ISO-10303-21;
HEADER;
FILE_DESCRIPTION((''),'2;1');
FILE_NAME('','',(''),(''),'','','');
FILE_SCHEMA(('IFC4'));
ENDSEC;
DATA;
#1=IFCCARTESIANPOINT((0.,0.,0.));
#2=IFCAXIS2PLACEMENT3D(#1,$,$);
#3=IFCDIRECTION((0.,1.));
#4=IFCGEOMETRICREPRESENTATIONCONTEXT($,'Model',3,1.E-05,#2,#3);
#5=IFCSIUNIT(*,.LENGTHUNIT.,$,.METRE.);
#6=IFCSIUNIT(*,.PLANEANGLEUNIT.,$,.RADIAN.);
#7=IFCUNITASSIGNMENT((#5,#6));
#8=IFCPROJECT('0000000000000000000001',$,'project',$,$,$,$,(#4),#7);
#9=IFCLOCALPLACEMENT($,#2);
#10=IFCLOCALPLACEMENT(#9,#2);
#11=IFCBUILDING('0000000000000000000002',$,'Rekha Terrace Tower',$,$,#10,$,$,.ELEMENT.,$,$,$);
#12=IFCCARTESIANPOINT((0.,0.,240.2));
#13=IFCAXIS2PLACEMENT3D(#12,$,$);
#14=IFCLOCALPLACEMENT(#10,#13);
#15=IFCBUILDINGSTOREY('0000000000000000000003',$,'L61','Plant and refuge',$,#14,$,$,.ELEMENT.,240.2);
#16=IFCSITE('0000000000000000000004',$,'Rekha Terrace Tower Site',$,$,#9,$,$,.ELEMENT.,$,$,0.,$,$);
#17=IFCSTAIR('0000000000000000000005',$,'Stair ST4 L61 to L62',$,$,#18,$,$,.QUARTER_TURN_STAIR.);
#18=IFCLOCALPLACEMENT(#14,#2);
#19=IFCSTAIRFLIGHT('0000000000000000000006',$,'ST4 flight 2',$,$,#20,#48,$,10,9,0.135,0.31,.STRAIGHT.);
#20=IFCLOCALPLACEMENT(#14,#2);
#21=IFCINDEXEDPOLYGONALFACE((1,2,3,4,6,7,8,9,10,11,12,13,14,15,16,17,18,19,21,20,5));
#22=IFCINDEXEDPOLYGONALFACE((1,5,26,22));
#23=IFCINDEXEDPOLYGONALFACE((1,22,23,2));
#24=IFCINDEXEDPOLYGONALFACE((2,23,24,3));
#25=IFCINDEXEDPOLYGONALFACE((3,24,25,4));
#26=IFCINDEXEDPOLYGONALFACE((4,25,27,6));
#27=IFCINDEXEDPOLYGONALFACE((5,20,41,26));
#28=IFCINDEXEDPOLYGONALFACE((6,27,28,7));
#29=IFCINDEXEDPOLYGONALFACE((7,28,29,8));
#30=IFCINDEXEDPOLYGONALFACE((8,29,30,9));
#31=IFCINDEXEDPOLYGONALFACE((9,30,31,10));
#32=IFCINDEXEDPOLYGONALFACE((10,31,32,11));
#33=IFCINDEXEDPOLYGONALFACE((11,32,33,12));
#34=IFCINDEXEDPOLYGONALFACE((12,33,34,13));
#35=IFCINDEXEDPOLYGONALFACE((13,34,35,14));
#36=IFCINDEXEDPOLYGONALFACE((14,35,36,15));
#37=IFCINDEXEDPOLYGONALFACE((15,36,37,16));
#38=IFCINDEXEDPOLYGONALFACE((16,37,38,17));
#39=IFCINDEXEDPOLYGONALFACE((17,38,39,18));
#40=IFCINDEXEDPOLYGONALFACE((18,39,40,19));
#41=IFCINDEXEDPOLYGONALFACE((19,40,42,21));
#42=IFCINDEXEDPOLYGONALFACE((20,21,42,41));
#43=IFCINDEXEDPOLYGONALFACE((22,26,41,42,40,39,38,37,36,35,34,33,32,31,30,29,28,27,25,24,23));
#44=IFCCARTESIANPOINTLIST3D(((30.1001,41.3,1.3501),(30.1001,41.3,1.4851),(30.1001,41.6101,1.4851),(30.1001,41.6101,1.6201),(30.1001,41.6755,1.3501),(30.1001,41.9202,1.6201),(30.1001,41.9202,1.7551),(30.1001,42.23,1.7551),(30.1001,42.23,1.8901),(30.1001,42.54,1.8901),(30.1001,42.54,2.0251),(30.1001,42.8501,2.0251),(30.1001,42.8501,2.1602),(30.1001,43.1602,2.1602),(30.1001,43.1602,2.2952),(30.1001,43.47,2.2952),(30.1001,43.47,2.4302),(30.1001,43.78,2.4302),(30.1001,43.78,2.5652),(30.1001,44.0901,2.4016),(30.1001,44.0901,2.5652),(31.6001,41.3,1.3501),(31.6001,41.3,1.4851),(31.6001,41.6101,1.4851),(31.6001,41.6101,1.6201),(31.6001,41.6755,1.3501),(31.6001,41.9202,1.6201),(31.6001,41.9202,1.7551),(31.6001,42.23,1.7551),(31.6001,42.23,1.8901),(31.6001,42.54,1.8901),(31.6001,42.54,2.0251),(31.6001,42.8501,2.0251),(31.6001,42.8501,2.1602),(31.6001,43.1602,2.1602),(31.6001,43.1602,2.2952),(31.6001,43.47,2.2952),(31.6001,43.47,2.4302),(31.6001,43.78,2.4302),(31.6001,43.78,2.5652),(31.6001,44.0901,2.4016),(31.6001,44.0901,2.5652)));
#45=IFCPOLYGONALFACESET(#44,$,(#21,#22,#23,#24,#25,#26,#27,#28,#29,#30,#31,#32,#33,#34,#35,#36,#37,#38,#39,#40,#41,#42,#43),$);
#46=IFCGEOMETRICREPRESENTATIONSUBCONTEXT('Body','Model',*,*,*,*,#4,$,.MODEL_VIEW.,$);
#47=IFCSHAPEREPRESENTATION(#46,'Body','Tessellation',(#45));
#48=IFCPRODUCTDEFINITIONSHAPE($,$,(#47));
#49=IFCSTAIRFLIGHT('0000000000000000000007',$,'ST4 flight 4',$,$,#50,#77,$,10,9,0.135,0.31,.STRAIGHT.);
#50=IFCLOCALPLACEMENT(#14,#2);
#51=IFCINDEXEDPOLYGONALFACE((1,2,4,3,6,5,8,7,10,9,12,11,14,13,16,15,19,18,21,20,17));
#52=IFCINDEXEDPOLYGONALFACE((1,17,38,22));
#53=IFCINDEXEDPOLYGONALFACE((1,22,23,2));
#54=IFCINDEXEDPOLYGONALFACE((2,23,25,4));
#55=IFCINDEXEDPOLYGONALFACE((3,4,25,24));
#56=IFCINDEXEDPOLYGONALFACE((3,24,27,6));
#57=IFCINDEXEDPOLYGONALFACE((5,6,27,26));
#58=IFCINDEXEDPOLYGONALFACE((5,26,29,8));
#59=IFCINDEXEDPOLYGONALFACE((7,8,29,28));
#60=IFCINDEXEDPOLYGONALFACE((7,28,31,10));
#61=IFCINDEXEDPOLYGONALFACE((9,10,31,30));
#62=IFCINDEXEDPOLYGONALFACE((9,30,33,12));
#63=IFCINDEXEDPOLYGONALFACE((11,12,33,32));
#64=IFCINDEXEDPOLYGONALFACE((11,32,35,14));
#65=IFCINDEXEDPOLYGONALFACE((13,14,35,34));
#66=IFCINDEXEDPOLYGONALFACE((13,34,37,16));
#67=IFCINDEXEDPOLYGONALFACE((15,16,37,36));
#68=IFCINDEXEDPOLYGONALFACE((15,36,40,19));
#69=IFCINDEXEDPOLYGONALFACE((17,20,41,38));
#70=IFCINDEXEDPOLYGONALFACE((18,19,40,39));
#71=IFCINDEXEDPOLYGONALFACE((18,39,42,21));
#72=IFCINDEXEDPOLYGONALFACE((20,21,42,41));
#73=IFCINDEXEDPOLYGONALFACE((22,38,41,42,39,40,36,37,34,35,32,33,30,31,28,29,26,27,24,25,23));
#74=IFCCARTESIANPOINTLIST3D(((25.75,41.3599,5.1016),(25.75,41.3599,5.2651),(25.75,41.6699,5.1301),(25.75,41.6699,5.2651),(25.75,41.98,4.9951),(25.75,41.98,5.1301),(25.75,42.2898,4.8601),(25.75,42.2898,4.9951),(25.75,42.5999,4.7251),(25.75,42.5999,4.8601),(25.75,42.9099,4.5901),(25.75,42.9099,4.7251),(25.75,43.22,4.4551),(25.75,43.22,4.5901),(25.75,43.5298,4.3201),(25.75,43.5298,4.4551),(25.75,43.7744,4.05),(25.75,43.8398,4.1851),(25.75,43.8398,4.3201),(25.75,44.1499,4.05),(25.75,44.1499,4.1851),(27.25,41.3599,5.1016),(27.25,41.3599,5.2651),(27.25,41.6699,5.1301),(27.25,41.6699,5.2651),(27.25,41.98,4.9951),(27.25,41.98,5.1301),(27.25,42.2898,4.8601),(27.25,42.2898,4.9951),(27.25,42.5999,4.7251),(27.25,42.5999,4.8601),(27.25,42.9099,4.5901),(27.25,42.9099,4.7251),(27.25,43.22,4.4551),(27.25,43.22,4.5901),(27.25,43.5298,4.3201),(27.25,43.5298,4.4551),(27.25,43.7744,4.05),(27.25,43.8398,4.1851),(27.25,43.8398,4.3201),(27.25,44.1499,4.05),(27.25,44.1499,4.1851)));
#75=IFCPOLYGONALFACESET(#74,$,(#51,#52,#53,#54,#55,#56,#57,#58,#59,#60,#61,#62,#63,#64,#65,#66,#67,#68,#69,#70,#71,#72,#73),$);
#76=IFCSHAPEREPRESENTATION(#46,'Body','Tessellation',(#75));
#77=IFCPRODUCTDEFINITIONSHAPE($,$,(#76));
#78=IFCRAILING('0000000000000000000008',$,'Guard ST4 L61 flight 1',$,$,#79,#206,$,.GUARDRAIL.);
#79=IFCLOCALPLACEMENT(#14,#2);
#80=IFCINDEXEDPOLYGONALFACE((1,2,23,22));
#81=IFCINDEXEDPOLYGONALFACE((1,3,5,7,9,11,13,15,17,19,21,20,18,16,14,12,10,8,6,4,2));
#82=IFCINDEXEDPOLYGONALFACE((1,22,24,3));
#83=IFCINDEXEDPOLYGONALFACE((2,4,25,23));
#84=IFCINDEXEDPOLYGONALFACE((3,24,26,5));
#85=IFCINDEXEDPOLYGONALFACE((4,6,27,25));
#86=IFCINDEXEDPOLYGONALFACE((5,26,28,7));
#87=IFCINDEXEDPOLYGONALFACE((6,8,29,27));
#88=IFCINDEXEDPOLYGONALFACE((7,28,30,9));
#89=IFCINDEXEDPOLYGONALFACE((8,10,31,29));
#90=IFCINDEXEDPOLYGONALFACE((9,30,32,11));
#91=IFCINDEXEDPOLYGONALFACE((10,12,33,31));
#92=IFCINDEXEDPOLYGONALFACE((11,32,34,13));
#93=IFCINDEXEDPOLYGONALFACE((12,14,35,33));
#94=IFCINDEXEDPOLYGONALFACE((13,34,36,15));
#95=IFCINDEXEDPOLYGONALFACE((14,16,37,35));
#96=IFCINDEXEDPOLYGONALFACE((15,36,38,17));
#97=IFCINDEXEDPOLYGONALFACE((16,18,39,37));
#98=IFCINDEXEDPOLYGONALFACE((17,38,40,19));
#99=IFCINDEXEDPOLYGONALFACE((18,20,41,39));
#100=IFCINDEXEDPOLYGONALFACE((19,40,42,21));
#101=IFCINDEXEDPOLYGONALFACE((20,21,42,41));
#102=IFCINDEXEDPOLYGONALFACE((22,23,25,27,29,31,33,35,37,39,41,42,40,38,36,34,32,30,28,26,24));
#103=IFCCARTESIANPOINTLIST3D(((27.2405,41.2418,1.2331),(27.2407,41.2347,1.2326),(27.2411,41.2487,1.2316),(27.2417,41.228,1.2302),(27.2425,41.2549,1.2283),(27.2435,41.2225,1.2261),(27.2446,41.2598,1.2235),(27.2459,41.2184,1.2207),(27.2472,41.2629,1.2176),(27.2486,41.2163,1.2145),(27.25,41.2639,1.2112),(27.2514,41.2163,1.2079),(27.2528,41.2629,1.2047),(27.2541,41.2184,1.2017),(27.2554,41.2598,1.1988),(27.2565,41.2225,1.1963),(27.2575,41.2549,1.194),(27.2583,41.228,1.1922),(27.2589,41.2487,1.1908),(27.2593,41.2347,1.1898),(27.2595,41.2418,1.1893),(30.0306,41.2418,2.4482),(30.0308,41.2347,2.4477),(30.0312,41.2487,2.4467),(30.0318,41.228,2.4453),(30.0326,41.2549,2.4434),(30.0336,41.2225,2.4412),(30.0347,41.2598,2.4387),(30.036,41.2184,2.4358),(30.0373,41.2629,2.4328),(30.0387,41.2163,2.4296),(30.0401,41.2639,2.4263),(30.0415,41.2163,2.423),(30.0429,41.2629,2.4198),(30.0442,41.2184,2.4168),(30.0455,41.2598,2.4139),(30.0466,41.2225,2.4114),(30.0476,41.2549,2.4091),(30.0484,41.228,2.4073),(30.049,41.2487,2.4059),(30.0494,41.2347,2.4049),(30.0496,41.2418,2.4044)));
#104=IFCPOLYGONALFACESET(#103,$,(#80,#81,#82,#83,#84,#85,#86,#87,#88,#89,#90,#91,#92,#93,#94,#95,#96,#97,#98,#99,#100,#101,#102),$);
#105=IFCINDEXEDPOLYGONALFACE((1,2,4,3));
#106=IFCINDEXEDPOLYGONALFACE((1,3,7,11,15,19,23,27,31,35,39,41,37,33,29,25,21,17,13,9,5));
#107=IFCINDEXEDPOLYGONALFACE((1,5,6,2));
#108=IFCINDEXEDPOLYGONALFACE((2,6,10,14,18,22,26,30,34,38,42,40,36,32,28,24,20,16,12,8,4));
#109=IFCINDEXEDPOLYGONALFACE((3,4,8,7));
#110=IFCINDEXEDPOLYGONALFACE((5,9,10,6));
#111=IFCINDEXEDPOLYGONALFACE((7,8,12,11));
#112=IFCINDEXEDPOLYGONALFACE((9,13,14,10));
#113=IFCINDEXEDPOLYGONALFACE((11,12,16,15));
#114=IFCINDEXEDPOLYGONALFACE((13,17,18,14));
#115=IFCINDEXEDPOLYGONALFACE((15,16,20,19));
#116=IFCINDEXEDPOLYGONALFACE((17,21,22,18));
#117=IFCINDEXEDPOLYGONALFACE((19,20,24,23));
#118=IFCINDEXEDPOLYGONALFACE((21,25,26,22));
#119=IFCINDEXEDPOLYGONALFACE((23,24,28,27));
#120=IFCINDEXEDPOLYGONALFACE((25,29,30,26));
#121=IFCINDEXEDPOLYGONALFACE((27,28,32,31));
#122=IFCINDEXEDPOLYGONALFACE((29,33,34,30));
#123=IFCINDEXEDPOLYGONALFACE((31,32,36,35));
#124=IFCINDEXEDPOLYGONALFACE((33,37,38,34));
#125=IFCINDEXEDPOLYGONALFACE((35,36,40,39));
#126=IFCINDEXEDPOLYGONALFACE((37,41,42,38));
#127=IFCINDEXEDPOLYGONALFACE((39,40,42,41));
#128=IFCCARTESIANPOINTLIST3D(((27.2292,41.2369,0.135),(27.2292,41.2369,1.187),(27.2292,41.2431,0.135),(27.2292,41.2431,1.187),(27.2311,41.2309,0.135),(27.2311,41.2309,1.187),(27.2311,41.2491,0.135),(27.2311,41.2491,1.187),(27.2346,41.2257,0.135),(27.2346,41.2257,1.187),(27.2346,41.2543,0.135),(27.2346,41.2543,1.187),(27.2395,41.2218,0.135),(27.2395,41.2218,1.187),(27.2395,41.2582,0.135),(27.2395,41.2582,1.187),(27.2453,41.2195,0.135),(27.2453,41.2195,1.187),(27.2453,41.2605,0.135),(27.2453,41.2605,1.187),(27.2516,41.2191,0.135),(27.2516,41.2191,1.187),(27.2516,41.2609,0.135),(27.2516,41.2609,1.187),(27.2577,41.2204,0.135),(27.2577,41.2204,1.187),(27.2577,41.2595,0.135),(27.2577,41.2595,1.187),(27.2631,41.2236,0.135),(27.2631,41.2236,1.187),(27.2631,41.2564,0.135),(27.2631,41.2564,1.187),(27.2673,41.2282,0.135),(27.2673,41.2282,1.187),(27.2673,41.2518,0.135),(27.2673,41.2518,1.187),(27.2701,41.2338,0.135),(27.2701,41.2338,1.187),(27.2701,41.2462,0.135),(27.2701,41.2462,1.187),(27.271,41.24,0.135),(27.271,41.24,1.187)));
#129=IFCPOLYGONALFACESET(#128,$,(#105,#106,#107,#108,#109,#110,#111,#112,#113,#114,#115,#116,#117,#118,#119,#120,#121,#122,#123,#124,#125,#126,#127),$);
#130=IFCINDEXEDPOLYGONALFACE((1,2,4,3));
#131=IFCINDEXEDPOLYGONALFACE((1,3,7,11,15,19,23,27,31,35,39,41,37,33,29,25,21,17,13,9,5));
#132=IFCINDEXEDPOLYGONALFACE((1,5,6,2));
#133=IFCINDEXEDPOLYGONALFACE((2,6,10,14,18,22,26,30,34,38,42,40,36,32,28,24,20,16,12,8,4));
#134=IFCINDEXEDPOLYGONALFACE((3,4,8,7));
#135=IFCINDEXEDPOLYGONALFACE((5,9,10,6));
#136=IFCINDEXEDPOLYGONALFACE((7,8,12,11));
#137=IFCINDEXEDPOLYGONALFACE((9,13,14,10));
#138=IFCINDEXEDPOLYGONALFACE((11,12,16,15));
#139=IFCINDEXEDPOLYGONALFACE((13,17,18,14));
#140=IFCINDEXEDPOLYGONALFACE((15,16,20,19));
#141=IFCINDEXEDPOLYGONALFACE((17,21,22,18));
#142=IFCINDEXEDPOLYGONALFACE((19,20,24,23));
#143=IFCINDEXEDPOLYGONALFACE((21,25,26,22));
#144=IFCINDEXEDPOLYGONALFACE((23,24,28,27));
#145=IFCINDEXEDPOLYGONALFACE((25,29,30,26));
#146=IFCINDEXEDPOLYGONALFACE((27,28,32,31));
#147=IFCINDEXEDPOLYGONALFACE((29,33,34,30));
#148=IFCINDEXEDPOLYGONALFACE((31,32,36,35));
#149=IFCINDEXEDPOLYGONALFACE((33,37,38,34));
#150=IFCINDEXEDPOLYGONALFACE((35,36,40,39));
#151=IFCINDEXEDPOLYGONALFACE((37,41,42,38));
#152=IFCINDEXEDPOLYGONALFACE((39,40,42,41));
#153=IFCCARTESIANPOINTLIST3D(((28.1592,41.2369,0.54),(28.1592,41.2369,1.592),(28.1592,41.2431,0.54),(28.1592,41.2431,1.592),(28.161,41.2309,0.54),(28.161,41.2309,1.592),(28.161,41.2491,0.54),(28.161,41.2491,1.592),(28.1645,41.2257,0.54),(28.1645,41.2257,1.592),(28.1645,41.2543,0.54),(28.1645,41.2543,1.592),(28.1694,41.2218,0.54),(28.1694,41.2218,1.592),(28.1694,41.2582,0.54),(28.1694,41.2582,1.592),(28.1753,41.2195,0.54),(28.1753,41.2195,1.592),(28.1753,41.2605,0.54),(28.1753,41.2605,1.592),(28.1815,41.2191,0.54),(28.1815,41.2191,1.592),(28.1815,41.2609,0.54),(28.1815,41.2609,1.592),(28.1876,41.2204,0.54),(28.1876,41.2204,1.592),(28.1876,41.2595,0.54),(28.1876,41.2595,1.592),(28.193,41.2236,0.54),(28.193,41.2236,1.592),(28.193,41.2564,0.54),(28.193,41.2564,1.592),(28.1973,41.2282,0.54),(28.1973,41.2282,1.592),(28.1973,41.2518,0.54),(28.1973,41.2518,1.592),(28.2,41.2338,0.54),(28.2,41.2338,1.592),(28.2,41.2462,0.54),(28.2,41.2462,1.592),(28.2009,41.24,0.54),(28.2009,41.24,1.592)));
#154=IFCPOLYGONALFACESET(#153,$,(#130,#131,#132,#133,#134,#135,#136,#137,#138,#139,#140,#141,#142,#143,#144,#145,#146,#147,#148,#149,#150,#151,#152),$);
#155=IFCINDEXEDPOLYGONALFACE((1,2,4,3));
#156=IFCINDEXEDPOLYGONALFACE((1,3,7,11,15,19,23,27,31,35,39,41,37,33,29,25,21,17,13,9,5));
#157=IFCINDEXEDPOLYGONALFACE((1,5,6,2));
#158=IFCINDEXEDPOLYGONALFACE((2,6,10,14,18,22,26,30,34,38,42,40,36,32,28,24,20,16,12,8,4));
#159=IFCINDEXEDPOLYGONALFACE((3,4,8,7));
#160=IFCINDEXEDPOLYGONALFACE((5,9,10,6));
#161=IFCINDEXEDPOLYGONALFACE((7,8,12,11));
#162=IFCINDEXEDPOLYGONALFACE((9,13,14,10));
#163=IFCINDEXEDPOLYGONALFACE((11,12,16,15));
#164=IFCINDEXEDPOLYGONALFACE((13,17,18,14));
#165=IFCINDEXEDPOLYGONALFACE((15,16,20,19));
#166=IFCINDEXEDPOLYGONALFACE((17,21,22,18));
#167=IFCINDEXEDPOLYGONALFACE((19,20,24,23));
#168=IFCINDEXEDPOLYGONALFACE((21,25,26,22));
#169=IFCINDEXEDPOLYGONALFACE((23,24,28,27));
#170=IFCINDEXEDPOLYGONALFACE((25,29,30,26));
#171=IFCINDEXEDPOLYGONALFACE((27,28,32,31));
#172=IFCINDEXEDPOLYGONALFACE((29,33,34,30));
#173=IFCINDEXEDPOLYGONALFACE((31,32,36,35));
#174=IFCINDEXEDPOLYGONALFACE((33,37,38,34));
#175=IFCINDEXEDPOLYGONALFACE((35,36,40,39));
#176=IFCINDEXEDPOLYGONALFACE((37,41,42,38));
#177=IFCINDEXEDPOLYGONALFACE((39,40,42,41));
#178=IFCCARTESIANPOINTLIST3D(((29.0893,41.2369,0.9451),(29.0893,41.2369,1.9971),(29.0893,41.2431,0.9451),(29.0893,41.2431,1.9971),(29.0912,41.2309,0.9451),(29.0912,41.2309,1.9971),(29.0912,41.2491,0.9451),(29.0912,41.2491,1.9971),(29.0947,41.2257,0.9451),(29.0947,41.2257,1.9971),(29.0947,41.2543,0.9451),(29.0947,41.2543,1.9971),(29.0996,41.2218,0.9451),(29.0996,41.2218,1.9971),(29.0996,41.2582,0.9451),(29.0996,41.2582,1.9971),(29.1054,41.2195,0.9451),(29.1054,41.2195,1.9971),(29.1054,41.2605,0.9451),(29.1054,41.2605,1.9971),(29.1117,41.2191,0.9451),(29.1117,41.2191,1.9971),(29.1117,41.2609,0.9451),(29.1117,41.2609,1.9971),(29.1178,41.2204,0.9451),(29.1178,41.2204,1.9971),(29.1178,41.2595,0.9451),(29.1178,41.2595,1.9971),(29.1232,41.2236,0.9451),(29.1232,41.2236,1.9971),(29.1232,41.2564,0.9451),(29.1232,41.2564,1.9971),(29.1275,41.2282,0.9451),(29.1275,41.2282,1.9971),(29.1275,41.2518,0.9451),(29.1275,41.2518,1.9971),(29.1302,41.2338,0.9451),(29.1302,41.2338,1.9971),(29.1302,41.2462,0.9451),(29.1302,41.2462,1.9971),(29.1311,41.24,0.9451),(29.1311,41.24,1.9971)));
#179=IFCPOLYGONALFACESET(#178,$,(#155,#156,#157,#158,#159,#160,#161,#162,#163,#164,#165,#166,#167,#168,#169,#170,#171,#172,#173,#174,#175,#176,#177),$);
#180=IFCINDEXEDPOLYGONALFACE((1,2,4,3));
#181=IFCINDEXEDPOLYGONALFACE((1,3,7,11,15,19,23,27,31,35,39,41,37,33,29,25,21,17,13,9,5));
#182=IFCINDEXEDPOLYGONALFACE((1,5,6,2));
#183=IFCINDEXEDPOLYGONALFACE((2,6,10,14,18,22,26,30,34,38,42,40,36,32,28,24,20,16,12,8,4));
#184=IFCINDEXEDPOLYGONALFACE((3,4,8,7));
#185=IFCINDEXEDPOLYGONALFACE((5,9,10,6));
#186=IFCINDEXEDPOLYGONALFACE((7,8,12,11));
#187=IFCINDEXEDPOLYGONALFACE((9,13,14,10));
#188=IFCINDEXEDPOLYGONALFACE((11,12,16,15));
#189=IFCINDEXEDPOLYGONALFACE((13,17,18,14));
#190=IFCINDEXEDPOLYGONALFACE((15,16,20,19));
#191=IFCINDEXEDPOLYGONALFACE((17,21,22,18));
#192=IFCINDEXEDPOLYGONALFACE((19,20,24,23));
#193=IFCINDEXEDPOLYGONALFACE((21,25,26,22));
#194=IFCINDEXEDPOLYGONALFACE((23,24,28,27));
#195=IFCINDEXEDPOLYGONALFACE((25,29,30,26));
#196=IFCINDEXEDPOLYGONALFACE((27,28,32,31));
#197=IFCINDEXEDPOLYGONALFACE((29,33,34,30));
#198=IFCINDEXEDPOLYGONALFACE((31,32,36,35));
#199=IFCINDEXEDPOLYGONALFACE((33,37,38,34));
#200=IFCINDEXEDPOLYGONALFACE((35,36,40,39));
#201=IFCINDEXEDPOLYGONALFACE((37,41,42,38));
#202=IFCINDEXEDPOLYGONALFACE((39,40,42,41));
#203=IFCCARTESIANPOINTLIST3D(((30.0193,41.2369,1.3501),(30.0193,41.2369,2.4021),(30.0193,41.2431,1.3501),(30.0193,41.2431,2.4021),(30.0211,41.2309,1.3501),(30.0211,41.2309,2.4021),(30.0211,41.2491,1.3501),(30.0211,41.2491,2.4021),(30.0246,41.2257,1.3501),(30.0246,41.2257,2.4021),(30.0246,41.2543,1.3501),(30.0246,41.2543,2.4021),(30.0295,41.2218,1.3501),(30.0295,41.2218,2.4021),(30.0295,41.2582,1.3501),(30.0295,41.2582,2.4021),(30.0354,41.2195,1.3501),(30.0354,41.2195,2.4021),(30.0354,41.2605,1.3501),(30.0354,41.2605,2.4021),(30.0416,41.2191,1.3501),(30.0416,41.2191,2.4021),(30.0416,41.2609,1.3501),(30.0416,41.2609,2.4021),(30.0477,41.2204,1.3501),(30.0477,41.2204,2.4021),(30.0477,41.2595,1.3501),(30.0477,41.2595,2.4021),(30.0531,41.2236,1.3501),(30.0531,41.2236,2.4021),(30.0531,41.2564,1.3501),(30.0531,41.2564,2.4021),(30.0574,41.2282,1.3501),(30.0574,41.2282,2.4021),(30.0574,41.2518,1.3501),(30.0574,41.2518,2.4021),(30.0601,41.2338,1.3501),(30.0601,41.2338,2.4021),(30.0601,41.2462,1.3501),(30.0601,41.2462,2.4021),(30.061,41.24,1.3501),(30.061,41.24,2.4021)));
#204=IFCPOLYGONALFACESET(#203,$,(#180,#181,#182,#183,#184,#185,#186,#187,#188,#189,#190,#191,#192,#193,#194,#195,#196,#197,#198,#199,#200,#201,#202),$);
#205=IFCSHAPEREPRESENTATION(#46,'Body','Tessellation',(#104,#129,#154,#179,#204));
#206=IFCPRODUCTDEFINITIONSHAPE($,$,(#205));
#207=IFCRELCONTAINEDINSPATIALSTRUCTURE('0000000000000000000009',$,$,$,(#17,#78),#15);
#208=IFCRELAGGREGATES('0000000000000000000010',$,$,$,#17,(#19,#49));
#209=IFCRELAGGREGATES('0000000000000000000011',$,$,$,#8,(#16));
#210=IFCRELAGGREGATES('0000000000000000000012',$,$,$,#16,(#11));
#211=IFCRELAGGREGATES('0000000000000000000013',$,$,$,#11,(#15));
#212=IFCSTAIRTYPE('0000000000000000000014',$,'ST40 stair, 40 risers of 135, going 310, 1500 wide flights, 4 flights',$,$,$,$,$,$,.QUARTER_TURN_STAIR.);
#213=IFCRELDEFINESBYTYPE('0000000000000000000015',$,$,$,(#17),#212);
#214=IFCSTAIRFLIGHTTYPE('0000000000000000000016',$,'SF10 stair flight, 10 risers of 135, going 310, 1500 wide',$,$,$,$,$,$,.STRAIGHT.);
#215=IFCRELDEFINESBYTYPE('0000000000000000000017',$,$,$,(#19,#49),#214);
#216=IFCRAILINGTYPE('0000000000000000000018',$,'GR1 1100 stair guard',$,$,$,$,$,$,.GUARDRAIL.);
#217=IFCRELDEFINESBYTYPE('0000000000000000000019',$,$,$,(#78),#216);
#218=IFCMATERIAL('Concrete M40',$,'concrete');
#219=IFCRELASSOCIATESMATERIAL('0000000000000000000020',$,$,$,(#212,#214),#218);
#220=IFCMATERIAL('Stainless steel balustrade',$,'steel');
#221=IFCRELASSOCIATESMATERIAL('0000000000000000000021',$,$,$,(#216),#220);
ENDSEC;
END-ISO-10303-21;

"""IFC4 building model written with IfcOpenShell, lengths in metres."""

from ifc_helpers import new_model, si_unit, direction, frame, origin, origin_2d, place, context, subcontext, project, spatial, polyline, circle, outline, extrude, material, type_object, element, aggregate, save


model = new_model("IFC4")

# Units and contexts
model_context = context("Model", 3, precision=1e-05, world=origin(), true_north=direction((0.0, 1.0)))
body_context = subcontext(model_context, "Body", "Model", "MODEL_VIEW")
ifc_project = project(units=[si_unit("LENGTHUNIT", "METRE"), si_unit("PLANEANGLEUNIT", "RADIAN")], contexts=[model_context])

# Site, building, storey
site_placement = place(None, origin())
site = spatial("IfcSite", under=ifc_project, at=site_placement, Name="Rekha Terrace Tower Site", CompositionType="ELEMENT", RefElevation=0.0)
building_placement = place(site_placement, origin())
building = spatial("IfcBuilding", under=site, at=building_placement, Name="Rekha Terrace Tower", CompositionType="ELEMENT")
storey_placement = place(building_placement, frame((0.0, 0.0, 240.2)))
storey = spatial("IfcBuildingStorey", under=building, at=storey_placement, Name="L61", Description="Plant and refuge", CompositionType="ELEMENT", Elevation=240.2)

# Stair, stair flights
ifc_material_1 = material(Name="Concrete M40", Category="concrete")
stair_type = type_object("IfcStairType", Name="ST40 stair, 40 risers of 135, going 310, 1500 wide flights, 4 flights", PredefinedType="QUARTER_TURN_STAIR", material=ifc_material_1)
stair_placement = place(storey_placement, origin())
stair = element("IfcStair", 1, at=stair_placement, inside=storey, type_object=stair_type, Name="Stair ST4 L61 to L62", PredefinedType="QUARTER_TURN_STAIR")
stair_flight_type = type_object("IfcStairFlightType", Name="SF10 stair flight, 10 risers of 135, going 310, 1500 wide", PredefinedType="STRAIGHT", material=ifc_material_1)
stair_flight_1_placement = place(storey_placement, frame((30.8501, 41.3, 1.3501), z_axis=(0.0, 0.0, 1.0), x_axis=(0.0, 1.0, 0.0)))
stair_flight_1 = element("IfcStairFlight", 2, at=stair_flight_1_placement, type_object=stair_flight_type, Name="ST4 flight 2", NumberOfRisers=10, NumberOfTreads=9, PredefinedType="STRAIGHT", RiserHeight=0.135, TreadLength=0.31, context=body_context, shape_type="SweptSolid", body=[
    extrude(outline(polyline([(0.0, 0.0), (0.0, 0.135), (0.3101, 0.135), (0.3101, 0.27), (0.6201, 0.27), (0.6201, 0.405), (0.9299, 0.405), (0.9299, 0.54), (1.24, 0.54), (1.24, 0.675), (1.55, 0.675), (1.55, 0.8101), (1.8601, 0.8101), (1.8601, 0.9451), (2.1699, 0.9451), (2.1699, 1.0801), (2.48, 1.0801), (2.48, 1.2151), (2.79, 1.2151), (2.79, 1.3501), (2.79, 1.0515), (0.3755, 0.0), (0.0, 0.0)])), frame((0.0, 0.75, 0.0), z_axis=(0.0, -1.0, 0.0), x_axis=(1.0, 0.0, 0.0)), (0.0, 0.0, 1.0), 1.5),
])
stair_flight_2_placement = place(storey_placement, frame((26.5, 44.1499, 4.05), z_axis=(0.0, 0.0, 1.0), x_axis=(0.0, -1.0, 0.0)))
stair_flight_2 = element("IfcStairFlight", 3, at=stair_flight_2_placement, type_object=stair_flight_type, Name="ST4 flight 4", NumberOfRisers=10, NumberOfTreads=9, PredefinedType="STRAIGHT", RiserHeight=0.135, TreadLength=0.31, context=body_context, shape_type="SweptSolid", body=[
    extrude(outline(polyline([(0.0, 0.0), (0.0, 0.135), (0.3101, 0.135), (0.3101, 0.27), (0.6201, 0.27), (0.6201, 0.405), (0.9299, 0.405), (0.9299, 0.54), (1.24, 0.54), (1.24, 0.675), (1.55, 0.675), (1.55, 0.8101), (1.8601, 0.8101), (1.8601, 0.9451), (2.1699, 0.9451), (2.1699, 1.0801), (2.48, 1.0801), (2.48, 1.2151), (2.79, 1.2151), (2.79, 1.3501), (2.79, 1.0515), (0.3755, 0.0), (0.0, 0.0)])), frame((0.0, 0.75, 0.0), z_axis=(0.0, -1.0, 0.0), x_axis=(1.0, 0.0, 0.0)), (0.0, 0.0, 1.0), 1.5),
])
aggregate(stair, [stair_flight_1, stair_flight_2])

# Railing
ifc_material_2 = material(Name="Stainless steel balustrade", Category="steel")
railing_type_1 = type_object("IfcRailingType", Name="GR1 1100 stair guard", PredefinedType="GUARDRAIL", material=ifc_material_2)
railing_1_placement = place(storey_placement, frame((27.25, 41.24, 0.135)))
element("IfcRailing", 4, at=railing_1_placement, inside=storey, type_object=railing_type_1, Name="Guard ST4 L61 flight 1", PredefinedType="GUARDRAIL", context=body_context, shape_type="SweptSolid", body=[
    extrude(circle(Radius=0.0239, at=origin_2d()), frame((0.0, 0.0, 1.0762), z_axis=(0.916826, 0.0, 0.399286), x_axis=(0.0, 1.0, 0.0)), (0.0, 0.0, 1.0), 3.0432),
    extrude(circle(Radius=0.021, at=origin_2d()), origin(), (0.0, 0.0, 1.0), 1.052),
    extrude(circle(Radius=0.021, at=origin_2d()), frame((0.9299, 0.0, 0.405)), (0.0, 0.0, 1.0), 1.052),
    extrude(circle(Radius=0.021, at=origin_2d()), frame((1.8601, 0.0, 0.8101)), (0.0, 0.0, 1.0), 1.052),
    extrude(circle(Radius=0.021, at=origin_2d()), frame((2.79, 0.0, 1.2151)), (0.0, 0.0, 1.0), 1.052),
])

save(model, "model.ifc")
